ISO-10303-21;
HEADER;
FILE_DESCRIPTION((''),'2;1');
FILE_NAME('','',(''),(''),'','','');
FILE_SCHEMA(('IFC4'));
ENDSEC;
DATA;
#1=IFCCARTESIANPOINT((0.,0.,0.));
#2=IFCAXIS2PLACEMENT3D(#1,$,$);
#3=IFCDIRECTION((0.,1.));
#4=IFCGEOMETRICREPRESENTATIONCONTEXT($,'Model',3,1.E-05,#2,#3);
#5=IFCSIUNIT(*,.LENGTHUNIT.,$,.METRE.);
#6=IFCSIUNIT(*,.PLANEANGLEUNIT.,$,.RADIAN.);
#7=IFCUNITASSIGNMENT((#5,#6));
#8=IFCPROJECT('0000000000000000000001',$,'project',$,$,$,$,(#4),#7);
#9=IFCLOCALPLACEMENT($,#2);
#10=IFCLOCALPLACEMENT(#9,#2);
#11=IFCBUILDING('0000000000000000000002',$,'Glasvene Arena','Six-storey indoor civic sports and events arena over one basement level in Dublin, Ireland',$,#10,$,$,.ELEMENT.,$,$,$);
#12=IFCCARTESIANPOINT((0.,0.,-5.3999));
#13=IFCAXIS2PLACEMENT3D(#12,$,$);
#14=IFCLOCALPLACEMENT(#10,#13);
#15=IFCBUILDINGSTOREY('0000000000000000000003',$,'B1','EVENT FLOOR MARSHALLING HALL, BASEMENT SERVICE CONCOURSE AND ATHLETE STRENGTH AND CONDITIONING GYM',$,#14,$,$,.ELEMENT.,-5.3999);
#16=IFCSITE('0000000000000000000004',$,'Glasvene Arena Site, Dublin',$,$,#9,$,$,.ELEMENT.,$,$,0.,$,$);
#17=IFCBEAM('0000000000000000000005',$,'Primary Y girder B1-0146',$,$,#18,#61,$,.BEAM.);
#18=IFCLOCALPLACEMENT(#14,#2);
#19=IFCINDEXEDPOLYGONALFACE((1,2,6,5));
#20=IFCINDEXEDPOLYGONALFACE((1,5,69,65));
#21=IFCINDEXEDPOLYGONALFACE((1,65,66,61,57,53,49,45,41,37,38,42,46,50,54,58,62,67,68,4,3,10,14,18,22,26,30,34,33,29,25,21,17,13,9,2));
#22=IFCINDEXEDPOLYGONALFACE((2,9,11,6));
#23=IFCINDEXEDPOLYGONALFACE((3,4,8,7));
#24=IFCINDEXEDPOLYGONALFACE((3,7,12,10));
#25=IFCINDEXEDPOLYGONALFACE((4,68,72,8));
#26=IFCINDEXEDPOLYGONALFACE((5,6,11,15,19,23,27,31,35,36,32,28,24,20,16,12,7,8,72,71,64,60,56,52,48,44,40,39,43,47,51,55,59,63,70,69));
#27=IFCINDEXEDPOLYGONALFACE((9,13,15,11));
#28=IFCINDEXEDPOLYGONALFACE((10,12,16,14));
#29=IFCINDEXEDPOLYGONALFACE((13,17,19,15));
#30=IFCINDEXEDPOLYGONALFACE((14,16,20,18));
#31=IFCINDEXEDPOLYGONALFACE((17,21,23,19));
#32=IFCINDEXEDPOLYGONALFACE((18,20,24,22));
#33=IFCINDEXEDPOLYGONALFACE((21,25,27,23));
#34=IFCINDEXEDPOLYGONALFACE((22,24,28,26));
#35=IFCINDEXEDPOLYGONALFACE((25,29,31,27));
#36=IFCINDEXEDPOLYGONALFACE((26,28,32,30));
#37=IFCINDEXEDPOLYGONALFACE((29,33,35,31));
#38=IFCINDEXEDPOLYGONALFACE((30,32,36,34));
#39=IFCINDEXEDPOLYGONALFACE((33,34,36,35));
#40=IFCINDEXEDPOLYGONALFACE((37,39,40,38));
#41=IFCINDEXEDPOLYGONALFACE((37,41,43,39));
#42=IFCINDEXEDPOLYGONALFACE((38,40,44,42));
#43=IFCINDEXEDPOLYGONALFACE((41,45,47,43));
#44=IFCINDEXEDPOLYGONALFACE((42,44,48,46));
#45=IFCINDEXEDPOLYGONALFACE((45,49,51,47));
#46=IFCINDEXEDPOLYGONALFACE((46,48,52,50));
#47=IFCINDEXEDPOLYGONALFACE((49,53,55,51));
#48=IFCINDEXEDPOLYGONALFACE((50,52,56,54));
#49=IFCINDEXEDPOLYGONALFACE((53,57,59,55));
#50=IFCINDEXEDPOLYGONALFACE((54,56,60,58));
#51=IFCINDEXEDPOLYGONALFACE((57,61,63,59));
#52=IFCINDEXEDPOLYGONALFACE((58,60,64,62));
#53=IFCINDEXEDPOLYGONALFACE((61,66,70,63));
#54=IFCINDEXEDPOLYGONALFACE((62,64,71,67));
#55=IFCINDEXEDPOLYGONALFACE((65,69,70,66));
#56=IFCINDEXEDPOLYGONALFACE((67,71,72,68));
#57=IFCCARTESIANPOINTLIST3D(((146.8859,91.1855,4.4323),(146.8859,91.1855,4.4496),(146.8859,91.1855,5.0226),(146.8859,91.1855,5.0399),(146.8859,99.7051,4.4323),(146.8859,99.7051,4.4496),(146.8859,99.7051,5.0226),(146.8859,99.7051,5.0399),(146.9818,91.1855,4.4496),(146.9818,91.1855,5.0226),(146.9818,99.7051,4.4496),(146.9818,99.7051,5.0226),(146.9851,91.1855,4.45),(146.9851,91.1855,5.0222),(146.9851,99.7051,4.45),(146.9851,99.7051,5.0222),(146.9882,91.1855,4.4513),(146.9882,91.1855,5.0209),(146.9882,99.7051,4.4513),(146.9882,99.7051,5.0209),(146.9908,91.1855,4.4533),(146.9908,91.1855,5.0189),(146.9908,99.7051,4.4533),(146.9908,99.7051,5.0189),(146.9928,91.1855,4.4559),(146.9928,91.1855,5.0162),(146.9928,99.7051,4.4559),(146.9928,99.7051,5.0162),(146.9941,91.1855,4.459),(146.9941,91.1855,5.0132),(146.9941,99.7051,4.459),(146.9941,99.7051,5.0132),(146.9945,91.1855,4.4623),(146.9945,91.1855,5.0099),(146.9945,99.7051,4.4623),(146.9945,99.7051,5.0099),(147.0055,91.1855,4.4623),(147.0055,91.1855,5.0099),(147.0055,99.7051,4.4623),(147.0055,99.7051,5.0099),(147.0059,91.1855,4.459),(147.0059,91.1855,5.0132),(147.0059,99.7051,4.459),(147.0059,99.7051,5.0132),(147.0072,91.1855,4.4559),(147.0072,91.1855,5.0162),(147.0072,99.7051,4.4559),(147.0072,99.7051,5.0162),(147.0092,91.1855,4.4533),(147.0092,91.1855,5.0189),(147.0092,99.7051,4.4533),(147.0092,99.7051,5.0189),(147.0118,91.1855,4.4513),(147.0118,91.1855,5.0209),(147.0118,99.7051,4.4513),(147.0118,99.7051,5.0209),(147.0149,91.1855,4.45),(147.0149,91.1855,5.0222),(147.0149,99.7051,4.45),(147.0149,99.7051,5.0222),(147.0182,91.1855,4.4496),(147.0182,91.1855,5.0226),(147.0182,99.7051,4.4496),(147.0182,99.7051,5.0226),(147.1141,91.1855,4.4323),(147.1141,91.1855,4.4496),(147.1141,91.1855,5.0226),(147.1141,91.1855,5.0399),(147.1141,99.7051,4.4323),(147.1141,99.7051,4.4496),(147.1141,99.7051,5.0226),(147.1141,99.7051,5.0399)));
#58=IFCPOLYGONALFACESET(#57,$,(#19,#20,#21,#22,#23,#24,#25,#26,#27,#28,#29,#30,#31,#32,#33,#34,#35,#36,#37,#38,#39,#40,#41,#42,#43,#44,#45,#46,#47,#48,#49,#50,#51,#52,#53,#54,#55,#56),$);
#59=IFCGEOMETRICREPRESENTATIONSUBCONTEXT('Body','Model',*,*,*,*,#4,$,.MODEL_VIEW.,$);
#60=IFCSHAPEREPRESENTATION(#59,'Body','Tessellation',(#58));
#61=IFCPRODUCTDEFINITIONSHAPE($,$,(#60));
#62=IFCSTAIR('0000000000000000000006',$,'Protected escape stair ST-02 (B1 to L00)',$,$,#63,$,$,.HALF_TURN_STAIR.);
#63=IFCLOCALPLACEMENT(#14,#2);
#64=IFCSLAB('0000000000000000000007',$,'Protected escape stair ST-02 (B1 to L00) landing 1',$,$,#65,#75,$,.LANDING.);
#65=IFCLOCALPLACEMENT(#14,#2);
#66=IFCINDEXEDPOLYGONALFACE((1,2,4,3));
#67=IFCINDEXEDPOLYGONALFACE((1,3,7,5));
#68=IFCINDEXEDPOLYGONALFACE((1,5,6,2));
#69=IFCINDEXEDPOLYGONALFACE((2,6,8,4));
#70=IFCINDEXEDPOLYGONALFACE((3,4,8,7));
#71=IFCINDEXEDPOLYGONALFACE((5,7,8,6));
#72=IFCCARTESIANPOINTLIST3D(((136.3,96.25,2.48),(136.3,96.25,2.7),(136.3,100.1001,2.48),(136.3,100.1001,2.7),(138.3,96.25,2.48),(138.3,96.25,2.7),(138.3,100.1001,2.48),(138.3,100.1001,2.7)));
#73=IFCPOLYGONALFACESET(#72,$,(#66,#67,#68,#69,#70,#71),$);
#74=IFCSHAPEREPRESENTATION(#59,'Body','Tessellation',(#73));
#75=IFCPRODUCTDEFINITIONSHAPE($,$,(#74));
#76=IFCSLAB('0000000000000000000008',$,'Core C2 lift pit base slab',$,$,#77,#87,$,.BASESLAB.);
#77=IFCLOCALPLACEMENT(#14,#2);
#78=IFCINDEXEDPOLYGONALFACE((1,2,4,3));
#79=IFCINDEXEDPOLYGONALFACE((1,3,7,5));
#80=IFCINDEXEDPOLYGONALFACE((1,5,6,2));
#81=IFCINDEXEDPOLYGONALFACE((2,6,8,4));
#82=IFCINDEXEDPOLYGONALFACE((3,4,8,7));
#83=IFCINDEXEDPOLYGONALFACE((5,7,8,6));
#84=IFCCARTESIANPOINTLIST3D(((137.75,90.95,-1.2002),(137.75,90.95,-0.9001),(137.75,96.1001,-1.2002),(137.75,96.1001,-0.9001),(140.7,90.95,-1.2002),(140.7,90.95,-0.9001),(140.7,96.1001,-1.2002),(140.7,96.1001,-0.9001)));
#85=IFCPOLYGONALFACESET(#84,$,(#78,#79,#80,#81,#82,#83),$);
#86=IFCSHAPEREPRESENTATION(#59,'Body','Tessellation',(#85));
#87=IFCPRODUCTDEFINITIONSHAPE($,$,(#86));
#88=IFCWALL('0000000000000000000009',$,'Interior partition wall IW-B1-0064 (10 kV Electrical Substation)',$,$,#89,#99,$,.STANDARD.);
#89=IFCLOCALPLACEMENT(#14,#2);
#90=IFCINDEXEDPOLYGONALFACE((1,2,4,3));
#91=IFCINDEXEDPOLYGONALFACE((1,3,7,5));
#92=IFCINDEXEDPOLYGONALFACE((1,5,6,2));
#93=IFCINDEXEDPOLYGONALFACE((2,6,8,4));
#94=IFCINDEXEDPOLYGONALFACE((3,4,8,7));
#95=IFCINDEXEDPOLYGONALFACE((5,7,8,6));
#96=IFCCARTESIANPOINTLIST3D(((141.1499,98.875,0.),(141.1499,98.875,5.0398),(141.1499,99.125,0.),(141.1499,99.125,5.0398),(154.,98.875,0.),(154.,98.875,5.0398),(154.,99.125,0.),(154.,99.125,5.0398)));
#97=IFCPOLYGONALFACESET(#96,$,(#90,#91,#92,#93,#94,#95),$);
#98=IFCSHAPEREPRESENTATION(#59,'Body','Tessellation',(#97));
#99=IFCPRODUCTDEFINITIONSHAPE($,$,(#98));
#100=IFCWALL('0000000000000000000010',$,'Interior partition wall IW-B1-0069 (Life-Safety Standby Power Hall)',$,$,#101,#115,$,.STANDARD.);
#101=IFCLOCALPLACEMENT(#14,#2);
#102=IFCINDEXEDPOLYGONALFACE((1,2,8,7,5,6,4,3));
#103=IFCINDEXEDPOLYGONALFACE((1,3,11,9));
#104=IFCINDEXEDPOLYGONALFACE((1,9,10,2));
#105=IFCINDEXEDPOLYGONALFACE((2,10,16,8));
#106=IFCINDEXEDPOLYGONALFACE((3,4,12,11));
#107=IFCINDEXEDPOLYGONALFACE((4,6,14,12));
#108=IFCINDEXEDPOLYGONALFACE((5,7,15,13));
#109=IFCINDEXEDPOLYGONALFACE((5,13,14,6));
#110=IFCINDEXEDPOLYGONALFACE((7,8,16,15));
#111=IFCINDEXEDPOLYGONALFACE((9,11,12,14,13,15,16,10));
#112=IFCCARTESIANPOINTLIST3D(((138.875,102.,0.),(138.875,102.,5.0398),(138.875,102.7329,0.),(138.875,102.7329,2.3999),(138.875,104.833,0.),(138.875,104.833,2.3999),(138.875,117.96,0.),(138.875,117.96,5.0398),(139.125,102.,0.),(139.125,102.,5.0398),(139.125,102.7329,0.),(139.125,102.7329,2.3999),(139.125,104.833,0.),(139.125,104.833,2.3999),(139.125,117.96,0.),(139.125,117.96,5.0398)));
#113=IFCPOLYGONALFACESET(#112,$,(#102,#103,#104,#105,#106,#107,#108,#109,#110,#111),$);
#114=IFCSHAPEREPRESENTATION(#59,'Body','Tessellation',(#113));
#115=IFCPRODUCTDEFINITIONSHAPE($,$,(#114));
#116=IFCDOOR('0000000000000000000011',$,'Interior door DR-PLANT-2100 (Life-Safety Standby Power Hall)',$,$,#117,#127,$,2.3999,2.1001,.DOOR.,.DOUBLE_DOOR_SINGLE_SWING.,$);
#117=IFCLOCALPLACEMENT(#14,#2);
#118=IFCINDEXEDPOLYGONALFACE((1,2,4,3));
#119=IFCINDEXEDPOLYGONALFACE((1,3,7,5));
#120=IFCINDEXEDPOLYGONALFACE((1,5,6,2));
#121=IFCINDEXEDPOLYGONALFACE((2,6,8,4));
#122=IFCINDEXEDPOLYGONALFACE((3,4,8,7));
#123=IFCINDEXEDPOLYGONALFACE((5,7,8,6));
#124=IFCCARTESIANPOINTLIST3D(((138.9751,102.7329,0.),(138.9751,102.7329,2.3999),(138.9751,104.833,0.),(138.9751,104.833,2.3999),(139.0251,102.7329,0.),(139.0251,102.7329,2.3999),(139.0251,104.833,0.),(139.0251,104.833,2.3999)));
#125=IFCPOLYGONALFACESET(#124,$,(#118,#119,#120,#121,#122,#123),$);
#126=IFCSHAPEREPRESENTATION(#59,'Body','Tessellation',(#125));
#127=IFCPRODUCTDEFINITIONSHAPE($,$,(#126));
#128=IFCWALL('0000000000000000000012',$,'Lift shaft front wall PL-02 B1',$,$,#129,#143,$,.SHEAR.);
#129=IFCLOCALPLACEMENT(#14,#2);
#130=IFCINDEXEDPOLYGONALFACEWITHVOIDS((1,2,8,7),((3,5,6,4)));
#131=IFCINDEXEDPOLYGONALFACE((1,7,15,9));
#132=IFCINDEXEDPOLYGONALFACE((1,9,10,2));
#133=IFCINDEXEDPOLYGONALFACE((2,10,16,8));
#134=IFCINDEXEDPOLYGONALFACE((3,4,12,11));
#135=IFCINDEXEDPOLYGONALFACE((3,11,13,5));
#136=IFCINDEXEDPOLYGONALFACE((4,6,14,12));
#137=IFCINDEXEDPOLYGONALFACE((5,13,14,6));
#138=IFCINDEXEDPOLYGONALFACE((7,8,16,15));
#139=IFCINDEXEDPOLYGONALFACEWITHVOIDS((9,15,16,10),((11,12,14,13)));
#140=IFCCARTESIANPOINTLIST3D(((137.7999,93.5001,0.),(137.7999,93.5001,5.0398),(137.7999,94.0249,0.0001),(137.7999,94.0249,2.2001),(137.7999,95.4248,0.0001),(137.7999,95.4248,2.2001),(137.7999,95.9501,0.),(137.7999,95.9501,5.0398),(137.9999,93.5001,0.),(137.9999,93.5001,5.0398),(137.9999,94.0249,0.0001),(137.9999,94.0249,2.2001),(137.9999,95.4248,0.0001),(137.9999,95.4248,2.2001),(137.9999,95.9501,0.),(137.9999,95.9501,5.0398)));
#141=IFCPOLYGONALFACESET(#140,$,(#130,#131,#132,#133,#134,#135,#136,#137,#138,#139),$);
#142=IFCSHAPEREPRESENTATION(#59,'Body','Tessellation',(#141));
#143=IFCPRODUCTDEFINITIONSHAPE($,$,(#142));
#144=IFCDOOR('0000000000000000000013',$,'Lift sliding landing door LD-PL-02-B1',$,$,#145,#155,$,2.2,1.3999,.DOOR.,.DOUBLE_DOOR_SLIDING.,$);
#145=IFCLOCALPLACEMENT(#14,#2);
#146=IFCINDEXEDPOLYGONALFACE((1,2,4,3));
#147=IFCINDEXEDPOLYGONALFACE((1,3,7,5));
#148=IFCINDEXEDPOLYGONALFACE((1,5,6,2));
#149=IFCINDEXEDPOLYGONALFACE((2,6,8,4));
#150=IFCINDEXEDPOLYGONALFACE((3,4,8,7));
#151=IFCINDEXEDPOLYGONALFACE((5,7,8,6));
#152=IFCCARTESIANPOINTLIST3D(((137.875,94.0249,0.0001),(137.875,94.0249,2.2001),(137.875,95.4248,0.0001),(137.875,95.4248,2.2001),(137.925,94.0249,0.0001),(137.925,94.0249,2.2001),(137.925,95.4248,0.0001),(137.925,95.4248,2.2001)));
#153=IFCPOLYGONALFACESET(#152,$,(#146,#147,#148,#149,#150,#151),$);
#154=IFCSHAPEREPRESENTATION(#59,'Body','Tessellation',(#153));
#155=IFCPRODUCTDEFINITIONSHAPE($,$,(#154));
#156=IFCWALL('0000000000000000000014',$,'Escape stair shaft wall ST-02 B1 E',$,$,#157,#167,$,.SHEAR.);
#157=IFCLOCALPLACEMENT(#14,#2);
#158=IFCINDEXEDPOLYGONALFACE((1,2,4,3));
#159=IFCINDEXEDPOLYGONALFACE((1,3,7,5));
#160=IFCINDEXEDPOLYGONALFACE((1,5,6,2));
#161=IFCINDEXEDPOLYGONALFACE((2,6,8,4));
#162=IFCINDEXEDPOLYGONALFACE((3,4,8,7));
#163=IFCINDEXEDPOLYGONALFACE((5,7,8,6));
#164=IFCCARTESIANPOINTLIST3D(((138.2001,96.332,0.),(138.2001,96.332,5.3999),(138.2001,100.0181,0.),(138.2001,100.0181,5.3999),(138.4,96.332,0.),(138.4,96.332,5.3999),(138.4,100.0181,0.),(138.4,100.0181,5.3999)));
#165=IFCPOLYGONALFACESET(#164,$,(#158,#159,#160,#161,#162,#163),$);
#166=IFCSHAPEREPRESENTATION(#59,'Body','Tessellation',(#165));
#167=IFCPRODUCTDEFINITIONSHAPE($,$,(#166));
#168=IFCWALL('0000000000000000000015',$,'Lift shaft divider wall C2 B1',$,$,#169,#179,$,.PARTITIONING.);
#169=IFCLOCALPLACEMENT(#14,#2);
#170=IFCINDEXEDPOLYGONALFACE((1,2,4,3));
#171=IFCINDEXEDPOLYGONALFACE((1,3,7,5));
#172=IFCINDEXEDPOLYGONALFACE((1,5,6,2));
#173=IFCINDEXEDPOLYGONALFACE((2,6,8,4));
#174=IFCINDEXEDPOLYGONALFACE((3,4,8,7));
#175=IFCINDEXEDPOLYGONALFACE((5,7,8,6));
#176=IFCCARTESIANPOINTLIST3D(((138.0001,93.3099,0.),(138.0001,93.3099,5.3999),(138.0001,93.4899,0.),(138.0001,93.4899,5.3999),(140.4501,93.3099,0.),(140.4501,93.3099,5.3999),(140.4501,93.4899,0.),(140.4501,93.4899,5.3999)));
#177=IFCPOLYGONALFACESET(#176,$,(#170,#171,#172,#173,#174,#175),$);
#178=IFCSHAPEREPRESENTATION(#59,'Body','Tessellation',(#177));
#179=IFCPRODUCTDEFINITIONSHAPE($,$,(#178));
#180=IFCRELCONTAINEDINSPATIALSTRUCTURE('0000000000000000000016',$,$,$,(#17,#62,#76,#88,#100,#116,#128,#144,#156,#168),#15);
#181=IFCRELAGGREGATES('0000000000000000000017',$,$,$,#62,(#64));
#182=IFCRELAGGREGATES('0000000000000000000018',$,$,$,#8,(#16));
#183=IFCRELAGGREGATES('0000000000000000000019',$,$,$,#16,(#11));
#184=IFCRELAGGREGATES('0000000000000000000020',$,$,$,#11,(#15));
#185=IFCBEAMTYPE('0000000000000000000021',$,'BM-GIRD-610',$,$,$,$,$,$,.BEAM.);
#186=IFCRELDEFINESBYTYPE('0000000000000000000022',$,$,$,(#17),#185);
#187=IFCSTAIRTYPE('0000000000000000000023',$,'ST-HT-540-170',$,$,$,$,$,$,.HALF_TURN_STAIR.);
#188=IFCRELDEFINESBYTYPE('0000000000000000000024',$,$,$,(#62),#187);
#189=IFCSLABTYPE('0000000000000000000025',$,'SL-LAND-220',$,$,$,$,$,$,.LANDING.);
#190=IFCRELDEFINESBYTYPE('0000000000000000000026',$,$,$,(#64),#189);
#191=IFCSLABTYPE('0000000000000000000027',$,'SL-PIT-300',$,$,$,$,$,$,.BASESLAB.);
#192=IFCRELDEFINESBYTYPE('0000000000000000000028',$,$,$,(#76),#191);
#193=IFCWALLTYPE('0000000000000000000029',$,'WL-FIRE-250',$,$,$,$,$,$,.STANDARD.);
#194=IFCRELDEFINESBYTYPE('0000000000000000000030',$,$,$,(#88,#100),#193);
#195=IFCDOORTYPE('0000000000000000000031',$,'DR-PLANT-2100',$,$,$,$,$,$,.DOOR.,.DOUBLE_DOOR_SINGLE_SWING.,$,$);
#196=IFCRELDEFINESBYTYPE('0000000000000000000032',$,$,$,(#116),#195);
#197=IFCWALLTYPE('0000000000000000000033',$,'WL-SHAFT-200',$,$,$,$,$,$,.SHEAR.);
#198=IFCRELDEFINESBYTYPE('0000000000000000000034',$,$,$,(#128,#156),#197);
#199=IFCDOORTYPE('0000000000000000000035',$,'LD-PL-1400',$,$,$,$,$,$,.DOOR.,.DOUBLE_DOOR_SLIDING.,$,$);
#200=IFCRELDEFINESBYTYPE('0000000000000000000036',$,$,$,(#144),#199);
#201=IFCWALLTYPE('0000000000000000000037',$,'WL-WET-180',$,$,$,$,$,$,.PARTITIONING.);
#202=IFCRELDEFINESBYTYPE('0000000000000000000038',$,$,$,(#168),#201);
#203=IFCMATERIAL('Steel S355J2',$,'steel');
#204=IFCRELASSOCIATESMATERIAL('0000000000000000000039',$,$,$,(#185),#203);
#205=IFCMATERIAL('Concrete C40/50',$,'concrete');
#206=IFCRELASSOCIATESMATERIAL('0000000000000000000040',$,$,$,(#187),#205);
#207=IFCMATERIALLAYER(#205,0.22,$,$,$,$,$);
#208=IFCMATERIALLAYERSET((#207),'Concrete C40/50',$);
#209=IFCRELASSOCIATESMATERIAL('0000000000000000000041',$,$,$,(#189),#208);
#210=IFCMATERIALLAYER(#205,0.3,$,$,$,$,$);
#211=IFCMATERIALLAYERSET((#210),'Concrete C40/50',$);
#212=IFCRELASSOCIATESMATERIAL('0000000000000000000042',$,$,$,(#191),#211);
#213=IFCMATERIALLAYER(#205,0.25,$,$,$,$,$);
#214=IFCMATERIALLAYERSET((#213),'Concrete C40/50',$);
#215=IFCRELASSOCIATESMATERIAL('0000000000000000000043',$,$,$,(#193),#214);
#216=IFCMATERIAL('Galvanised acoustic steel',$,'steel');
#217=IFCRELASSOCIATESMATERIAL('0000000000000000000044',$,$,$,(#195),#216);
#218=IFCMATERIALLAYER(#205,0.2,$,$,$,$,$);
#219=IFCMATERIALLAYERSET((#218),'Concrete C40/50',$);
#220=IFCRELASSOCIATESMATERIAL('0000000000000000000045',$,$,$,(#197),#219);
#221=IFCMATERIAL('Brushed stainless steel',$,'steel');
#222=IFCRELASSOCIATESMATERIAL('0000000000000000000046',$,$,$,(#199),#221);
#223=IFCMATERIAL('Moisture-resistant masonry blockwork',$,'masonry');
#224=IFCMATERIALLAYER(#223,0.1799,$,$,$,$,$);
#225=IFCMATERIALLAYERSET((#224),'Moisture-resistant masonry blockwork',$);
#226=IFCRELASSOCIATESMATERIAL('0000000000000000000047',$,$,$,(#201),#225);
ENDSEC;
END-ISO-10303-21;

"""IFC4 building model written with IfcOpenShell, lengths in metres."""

from ifc_helpers import new_model, si_unit, direction, frame, frame_2d, origin, origin_2d, place, context, subcontext, project, spatial, polyline, rectangle, i_section, outline, extrude, material, layer, layer_set, material_profile, profile_set, type_object, element, fill, aggregate, save


model = new_model("IFC4")

# Units and contexts
model_context = context("Model", 3, precision=1e-05, world=origin(), true_north=direction((0.0, 1.0)))
body_context = subcontext(model_context, "Body", "Model", "MODEL_VIEW")
ifc_project = project(units=[si_unit("LENGTHUNIT", "METRE"), si_unit("PLANEANGLEUNIT", "RADIAN")], contexts=[model_context])

# Site, building, storey
site_placement = place(None, origin())
site = spatial("IfcSite", under=ifc_project, at=site_placement, Name="Glasvene Arena Site, Dublin", CompositionType="ELEMENT", RefElevation=0.0)
building_placement = place(site_placement, origin())
building = spatial("IfcBuilding", under=site, at=building_placement, Name="Glasvene Arena", Description="Six-storey indoor civic sports and events arena over one basement level in Dublin, Ireland", CompositionType="ELEMENT")
storey_placement = place(building_placement, frame((0.0, 0.0, -5.3999)))
storey = spatial("IfcBuildingStorey", under=building, at=storey_placement, Name="B1", Description="EVENT FLOOR MARSHALLING HALL, BASEMENT SERVICE CONCOURSE AND ATHLETE STRENGTH AND CONDITIONING GYM", CompositionType="ELEMENT", Elevation=-5.3999)

# Shared definitions
ifc_material_1 = material(Name="Concrete C40/50", Category="concrete")

# Beam
ifc_material_2 = material(Name="Steel S355J2", Category="steel")
ifc_material_profile_1 = material_profile(ifc_material_2, i_section(OverallWidth=0.2283, OverallDepth=0.6077, WebThickness=0.011, FlangeThickness=0.0173, FilletRadius=0.0127, at=origin_2d()), Name="UKB 610x229x113")
ifc_profile_set_1 = profile_set([ifc_material_profile_1], Name="Steel S355J2")
beam_type = type_object("IfcBeamType", Name="BM-GIRD-610", PredefinedType="BEAM", material=ifc_profile_set_1)
beam_placement = place(storey_placement, frame((147.0, 91.1855, 4.7361), z_axis=(0.0, 1.0, 0.0), x_axis=(-1.0, 0.0, 0.0)))
element("IfcBeam", 1, at=beam_placement, inside=storey, type_object=beam_type, Name="Primary Y girder B1-0146", PredefinedType="BEAM", context=body_context, shape_type="SweptSolid", body=[
    extrude(i_section(OverallWidth=0.2283, OverallDepth=0.6077, WebThickness=0.011, FlangeThickness=0.0173, FilletRadius=0.0127, at=origin_2d()), origin(), (0.0, 0.0, 1.0), 8.5195),
])

# Stair, slab
stair_type = type_object("IfcStairType", Name="ST-HT-540-170", PredefinedType="HALF_TURN_STAIR", material=ifc_material_1)
stair_placement = place(storey_placement, origin())
stair = element("IfcStair", 2, at=stair_placement, inside=storey, type_object=stair_type, Name="Protected escape stair ST-02 (B1 to L00)", PredefinedType="HALF_TURN_STAIR")
ifc_layer_1 = layer(ifc_material_1, 0.22)
ifc_layer_set_1 = layer_set([ifc_layer_1], Name="Concrete C40/50")
slab_type_1 = type_object("IfcSlabType", Name="SL-LAND-220", PredefinedType="LANDING", material=ifc_layer_set_1)
slab_1_placement = place(storey_placement, frame((137.3, 98.175, 2.48)))
slab_1 = element("IfcSlab", 3, at=slab_1_placement, type_object=slab_type_1, Name="Protected escape stair ST-02 (B1 to L00) landing 1", PredefinedType="LANDING", context=body_context, shape_type="SweptSolid", body=[
    extrude(outline(polyline([(-1.0, -1.925), (1.0, -1.925), (1.0, 1.925), (-1.0, 1.925), (-1.0, -1.925)])), origin(), (0.0, 0.0, 1.0), 0.22),
])
aggregate(stair, [slab_1])

# Slab
ifc_layer_2 = layer(ifc_material_1, 0.3)
ifc_layer_set_2 = layer_set([ifc_layer_2], Name="Concrete C40/50")
slab_type_2 = type_object("IfcSlabType", Name="SL-PIT-300", PredefinedType="BASESLAB", material=ifc_layer_set_2)
slab_2_placement = place(storey_placement, frame((139.2251, 93.5249, -1.2002)))
element("IfcSlab", 4, at=slab_2_placement, inside=storey, type_object=slab_type_2, Name="Core C2 lift pit base slab", PredefinedType="BASESLAB", context=body_context, shape_type="SweptSolid", body=[
    extrude(outline(polyline([(-1.4751, -2.575), (1.4749, -2.575), (1.4749, 2.5752), (-1.4751, 2.5752), (-1.4751, -2.575)])), origin(), (0.0, 0.0, 1.0), 0.3),
])

# Wall
ifc_layer_3 = layer(ifc_material_1, 0.25)
ifc_layer_set_3 = layer_set([ifc_layer_3], Name="Concrete C40/50")
wall_type_1 = type_object("IfcWallType", Name="WL-FIRE-250", PredefinedType="STANDARD", material=ifc_layer_set_3)
wall_1_placement = place(storey_placement, frame((141.1499, 99.0, 0.0), z_axis=(0.0, 0.0, 1.0), x_axis=(1.0, 0.0, 0.0)))
element("IfcWall", 5, at=wall_1_placement, inside=storey, type_object=wall_type_1, Name="Interior partition wall IW-B1-0064 (10 kV Electrical Substation)", PredefinedType="STANDARD", context=body_context, shape_type="SweptSolid", body=[
    extrude(rectangle(XDim=12.8501, YDim=0.25, at=frame_2d((6.425, 0.0))), origin(), (0.0, 0.0, 1.0), 5.0398),
])

# Walls, openings, doors
wall_2_placement = place(storey_placement, frame((139.0, 102.0, 0.0), z_axis=(0.0, 0.0, 1.0), x_axis=(0.0, 1.0, 0.0)))
wall_2 = element("IfcWall", 6, at=wall_2_placement, inside=storey, type_object=wall_type_1, Name="Interior partition wall IW-B1-0069 (Life-Safety Standby Power Hall)", PredefinedType="STANDARD", context=body_context, shape_type="SweptSolid", body=[
    extrude(rectangle(XDim=15.96, YDim=0.25, at=frame_2d((7.98, 0.0))), origin(), (0.0, 0.0, 1.0), 5.0398),
])
opening_1_placement = place(wall_2_placement, frame((0.7329, 0.0, 0.0)))
opening_1 = element("IfcOpeningElement", 7, at=opening_1_placement, cuts=wall_2, PredefinedType="OPENING", context=body_context, shape_type="SweptSolid", body=[
    extrude(rectangle(XDim=2.1001, YDim=2.3999, at=frame_2d((1.05, 1.2))), frame((0.0, 0.135, 0.0), z_axis=(0.0, -1.0, 0.0), x_axis=(1.0, 0.0, 0.0)), (0.0, 0.0, 1.0), 0.27),
])
ifc_material_3 = material(Name="Galvanised acoustic steel", Category="steel")
door_type_1 = type_object("IfcDoorType", Name="DR-PLANT-2100", OperationType="DOUBLE_DOOR_SINGLE_SWING", PredefinedType="DOOR", material=ifc_material_3)
door_1_placement = place(opening_1_placement, origin())
door_1 = element("IfcDoor", 8, at=door_1_placement, inside=storey, type_object=door_type_1, Name="Interior door DR-PLANT-2100 (Life-Safety Standby Power Hall)", OperationType="DOUBLE_DOOR_SINGLE_SWING", OverallHeight=2.3999, OverallWidth=2.1001, PredefinedType="DOOR", context=body_context, shape_type="SweptSolid", body=[
    extrude(rectangle(XDim=2.1001, YDim=2.3999, at=frame_2d((1.05, 1.2))), frame((0.0, 0.0249, 0.0), z_axis=(0.0, -1.0, 0.0), x_axis=(1.0, 0.0, 0.0)), (0.0, 0.0, 1.0), 0.05),
])
fill(opening_1, door_1)
ifc_layer_4 = layer(ifc_material_1, 0.2)
ifc_layer_set_4 = layer_set([ifc_layer_4], Name="Concrete C40/50")
wall_type_2 = type_object("IfcWallType", Name="WL-SHAFT-200", PredefinedType="SHEAR", material=ifc_layer_set_4)
wall_3_placement = place(storey_placement, frame((137.8999, 93.5, 0.0), z_axis=(0.0, 0.0, 1.0), x_axis=(0.0, 1.0, 0.0)))
wall_3 = element("IfcWall", 9, at=wall_3_placement, inside=storey, type_object=wall_type_2, Name="Lift shaft front wall PL-02 B1", PredefinedType="SHEAR", context=body_context, shape_type="SweptSolid", body=[
    extrude(rectangle(XDim=2.45, YDim=0.2, at=frame_2d((1.2251, 0.0))), origin(), (0.0, 0.0, 1.0), 5.0398),
])
opening_2_placement = place(wall_3_placement, frame((0.5249, 0.0, 0.0)))
opening_2 = element("IfcOpeningElement", 10, at=opening_2_placement, cuts=wall_3, PredefinedType="OPENING", context=body_context, shape_type="SweptSolid", body=[
    extrude(rectangle(XDim=1.3999, YDim=2.2, at=frame_2d((0.7, 1.1001))), frame((0.0, 0.1099, 0.0), z_axis=(0.0, -1.0, 0.0), x_axis=(1.0, 0.0, 0.0)), (0.0, 0.0, 1.0), 0.22),
])
ifc_material_4 = material(Name="Brushed stainless steel", Category="steel")
door_type_2 = type_object("IfcDoorType", Name="LD-PL-1400", OperationType="DOUBLE_DOOR_SLIDING", PredefinedType="DOOR", material=ifc_material_4)
door_2_placement = place(opening_2_placement, origin())
door_2 = element("IfcDoor", 11, at=door_2_placement, inside=storey, type_object=door_type_2, Name="Lift sliding landing door LD-PL-02-B1", OperationType="DOUBLE_DOOR_SLIDING", OverallHeight=2.2, OverallWidth=1.3999, PredefinedType="DOOR", context=body_context, shape_type="SweptSolid", body=[
    extrude(rectangle(XDim=1.3999, YDim=2.2, at=frame_2d((0.7, 1.1001))), frame((0.0, 0.0249, 0.0), z_axis=(0.0, -1.0, 0.0), x_axis=(1.0, 0.0, 0.0)), (0.0, 0.0, 1.0), 0.05),
])
fill(opening_2, door_2)

# Walls
wall_4_placement = place(storey_placement, frame((138.3, 96.332, 0.0), z_axis=(0.0, 0.0, 1.0), x_axis=(0.0, 1.0, 0.0)))
element("IfcWall", 12, at=wall_4_placement, inside=storey, type_object=wall_type_2, Name="Escape stair shaft wall ST-02 B1 E", PredefinedType="SHEAR", context=body_context, shape_type="SweptSolid", body=[
    extrude(rectangle(XDim=3.686, YDim=0.2, at=frame_2d((1.843, 0.0))), origin(), (0.0, 0.0, 1.0), 5.3999),
])
ifc_material_5 = material(Name="Moisture-resistant masonry blockwork", Category="masonry")
ifc_layer_5 = layer(ifc_material_5, 0.1799)
ifc_layer_set_5 = layer_set([ifc_layer_5], Name="Moisture-resistant masonry blockwork")
wall_type_3 = type_object("IfcWallType", Name="WL-WET-180", PredefinedType="PARTITIONING", material=ifc_layer_set_5)
for number, where, z_axis, x_axis, name in (
    (13, (138.0, 93.3999, 0.0), (0.0, 0.0, 1.0), (1.0, 0.0, 0.0), "Lift shaft divider wall C2 B1"),
):
    element("IfcWall", number, at=place(storey_placement, frame(where, z_axis=z_axis, x_axis=x_axis)), inside=storey, type_object=wall_type_3, Name=name, PredefinedType="PARTITIONING", context=body_context, shape_type="SweptSolid", body=[
        extrude(rectangle(XDim=2.45, YDim=0.1799, at=frame_2d((1.2251, 0.0))), origin(), (0.0, 0.0, 1.0), 5.3999),
    ])

save(model, "model.ifc")
